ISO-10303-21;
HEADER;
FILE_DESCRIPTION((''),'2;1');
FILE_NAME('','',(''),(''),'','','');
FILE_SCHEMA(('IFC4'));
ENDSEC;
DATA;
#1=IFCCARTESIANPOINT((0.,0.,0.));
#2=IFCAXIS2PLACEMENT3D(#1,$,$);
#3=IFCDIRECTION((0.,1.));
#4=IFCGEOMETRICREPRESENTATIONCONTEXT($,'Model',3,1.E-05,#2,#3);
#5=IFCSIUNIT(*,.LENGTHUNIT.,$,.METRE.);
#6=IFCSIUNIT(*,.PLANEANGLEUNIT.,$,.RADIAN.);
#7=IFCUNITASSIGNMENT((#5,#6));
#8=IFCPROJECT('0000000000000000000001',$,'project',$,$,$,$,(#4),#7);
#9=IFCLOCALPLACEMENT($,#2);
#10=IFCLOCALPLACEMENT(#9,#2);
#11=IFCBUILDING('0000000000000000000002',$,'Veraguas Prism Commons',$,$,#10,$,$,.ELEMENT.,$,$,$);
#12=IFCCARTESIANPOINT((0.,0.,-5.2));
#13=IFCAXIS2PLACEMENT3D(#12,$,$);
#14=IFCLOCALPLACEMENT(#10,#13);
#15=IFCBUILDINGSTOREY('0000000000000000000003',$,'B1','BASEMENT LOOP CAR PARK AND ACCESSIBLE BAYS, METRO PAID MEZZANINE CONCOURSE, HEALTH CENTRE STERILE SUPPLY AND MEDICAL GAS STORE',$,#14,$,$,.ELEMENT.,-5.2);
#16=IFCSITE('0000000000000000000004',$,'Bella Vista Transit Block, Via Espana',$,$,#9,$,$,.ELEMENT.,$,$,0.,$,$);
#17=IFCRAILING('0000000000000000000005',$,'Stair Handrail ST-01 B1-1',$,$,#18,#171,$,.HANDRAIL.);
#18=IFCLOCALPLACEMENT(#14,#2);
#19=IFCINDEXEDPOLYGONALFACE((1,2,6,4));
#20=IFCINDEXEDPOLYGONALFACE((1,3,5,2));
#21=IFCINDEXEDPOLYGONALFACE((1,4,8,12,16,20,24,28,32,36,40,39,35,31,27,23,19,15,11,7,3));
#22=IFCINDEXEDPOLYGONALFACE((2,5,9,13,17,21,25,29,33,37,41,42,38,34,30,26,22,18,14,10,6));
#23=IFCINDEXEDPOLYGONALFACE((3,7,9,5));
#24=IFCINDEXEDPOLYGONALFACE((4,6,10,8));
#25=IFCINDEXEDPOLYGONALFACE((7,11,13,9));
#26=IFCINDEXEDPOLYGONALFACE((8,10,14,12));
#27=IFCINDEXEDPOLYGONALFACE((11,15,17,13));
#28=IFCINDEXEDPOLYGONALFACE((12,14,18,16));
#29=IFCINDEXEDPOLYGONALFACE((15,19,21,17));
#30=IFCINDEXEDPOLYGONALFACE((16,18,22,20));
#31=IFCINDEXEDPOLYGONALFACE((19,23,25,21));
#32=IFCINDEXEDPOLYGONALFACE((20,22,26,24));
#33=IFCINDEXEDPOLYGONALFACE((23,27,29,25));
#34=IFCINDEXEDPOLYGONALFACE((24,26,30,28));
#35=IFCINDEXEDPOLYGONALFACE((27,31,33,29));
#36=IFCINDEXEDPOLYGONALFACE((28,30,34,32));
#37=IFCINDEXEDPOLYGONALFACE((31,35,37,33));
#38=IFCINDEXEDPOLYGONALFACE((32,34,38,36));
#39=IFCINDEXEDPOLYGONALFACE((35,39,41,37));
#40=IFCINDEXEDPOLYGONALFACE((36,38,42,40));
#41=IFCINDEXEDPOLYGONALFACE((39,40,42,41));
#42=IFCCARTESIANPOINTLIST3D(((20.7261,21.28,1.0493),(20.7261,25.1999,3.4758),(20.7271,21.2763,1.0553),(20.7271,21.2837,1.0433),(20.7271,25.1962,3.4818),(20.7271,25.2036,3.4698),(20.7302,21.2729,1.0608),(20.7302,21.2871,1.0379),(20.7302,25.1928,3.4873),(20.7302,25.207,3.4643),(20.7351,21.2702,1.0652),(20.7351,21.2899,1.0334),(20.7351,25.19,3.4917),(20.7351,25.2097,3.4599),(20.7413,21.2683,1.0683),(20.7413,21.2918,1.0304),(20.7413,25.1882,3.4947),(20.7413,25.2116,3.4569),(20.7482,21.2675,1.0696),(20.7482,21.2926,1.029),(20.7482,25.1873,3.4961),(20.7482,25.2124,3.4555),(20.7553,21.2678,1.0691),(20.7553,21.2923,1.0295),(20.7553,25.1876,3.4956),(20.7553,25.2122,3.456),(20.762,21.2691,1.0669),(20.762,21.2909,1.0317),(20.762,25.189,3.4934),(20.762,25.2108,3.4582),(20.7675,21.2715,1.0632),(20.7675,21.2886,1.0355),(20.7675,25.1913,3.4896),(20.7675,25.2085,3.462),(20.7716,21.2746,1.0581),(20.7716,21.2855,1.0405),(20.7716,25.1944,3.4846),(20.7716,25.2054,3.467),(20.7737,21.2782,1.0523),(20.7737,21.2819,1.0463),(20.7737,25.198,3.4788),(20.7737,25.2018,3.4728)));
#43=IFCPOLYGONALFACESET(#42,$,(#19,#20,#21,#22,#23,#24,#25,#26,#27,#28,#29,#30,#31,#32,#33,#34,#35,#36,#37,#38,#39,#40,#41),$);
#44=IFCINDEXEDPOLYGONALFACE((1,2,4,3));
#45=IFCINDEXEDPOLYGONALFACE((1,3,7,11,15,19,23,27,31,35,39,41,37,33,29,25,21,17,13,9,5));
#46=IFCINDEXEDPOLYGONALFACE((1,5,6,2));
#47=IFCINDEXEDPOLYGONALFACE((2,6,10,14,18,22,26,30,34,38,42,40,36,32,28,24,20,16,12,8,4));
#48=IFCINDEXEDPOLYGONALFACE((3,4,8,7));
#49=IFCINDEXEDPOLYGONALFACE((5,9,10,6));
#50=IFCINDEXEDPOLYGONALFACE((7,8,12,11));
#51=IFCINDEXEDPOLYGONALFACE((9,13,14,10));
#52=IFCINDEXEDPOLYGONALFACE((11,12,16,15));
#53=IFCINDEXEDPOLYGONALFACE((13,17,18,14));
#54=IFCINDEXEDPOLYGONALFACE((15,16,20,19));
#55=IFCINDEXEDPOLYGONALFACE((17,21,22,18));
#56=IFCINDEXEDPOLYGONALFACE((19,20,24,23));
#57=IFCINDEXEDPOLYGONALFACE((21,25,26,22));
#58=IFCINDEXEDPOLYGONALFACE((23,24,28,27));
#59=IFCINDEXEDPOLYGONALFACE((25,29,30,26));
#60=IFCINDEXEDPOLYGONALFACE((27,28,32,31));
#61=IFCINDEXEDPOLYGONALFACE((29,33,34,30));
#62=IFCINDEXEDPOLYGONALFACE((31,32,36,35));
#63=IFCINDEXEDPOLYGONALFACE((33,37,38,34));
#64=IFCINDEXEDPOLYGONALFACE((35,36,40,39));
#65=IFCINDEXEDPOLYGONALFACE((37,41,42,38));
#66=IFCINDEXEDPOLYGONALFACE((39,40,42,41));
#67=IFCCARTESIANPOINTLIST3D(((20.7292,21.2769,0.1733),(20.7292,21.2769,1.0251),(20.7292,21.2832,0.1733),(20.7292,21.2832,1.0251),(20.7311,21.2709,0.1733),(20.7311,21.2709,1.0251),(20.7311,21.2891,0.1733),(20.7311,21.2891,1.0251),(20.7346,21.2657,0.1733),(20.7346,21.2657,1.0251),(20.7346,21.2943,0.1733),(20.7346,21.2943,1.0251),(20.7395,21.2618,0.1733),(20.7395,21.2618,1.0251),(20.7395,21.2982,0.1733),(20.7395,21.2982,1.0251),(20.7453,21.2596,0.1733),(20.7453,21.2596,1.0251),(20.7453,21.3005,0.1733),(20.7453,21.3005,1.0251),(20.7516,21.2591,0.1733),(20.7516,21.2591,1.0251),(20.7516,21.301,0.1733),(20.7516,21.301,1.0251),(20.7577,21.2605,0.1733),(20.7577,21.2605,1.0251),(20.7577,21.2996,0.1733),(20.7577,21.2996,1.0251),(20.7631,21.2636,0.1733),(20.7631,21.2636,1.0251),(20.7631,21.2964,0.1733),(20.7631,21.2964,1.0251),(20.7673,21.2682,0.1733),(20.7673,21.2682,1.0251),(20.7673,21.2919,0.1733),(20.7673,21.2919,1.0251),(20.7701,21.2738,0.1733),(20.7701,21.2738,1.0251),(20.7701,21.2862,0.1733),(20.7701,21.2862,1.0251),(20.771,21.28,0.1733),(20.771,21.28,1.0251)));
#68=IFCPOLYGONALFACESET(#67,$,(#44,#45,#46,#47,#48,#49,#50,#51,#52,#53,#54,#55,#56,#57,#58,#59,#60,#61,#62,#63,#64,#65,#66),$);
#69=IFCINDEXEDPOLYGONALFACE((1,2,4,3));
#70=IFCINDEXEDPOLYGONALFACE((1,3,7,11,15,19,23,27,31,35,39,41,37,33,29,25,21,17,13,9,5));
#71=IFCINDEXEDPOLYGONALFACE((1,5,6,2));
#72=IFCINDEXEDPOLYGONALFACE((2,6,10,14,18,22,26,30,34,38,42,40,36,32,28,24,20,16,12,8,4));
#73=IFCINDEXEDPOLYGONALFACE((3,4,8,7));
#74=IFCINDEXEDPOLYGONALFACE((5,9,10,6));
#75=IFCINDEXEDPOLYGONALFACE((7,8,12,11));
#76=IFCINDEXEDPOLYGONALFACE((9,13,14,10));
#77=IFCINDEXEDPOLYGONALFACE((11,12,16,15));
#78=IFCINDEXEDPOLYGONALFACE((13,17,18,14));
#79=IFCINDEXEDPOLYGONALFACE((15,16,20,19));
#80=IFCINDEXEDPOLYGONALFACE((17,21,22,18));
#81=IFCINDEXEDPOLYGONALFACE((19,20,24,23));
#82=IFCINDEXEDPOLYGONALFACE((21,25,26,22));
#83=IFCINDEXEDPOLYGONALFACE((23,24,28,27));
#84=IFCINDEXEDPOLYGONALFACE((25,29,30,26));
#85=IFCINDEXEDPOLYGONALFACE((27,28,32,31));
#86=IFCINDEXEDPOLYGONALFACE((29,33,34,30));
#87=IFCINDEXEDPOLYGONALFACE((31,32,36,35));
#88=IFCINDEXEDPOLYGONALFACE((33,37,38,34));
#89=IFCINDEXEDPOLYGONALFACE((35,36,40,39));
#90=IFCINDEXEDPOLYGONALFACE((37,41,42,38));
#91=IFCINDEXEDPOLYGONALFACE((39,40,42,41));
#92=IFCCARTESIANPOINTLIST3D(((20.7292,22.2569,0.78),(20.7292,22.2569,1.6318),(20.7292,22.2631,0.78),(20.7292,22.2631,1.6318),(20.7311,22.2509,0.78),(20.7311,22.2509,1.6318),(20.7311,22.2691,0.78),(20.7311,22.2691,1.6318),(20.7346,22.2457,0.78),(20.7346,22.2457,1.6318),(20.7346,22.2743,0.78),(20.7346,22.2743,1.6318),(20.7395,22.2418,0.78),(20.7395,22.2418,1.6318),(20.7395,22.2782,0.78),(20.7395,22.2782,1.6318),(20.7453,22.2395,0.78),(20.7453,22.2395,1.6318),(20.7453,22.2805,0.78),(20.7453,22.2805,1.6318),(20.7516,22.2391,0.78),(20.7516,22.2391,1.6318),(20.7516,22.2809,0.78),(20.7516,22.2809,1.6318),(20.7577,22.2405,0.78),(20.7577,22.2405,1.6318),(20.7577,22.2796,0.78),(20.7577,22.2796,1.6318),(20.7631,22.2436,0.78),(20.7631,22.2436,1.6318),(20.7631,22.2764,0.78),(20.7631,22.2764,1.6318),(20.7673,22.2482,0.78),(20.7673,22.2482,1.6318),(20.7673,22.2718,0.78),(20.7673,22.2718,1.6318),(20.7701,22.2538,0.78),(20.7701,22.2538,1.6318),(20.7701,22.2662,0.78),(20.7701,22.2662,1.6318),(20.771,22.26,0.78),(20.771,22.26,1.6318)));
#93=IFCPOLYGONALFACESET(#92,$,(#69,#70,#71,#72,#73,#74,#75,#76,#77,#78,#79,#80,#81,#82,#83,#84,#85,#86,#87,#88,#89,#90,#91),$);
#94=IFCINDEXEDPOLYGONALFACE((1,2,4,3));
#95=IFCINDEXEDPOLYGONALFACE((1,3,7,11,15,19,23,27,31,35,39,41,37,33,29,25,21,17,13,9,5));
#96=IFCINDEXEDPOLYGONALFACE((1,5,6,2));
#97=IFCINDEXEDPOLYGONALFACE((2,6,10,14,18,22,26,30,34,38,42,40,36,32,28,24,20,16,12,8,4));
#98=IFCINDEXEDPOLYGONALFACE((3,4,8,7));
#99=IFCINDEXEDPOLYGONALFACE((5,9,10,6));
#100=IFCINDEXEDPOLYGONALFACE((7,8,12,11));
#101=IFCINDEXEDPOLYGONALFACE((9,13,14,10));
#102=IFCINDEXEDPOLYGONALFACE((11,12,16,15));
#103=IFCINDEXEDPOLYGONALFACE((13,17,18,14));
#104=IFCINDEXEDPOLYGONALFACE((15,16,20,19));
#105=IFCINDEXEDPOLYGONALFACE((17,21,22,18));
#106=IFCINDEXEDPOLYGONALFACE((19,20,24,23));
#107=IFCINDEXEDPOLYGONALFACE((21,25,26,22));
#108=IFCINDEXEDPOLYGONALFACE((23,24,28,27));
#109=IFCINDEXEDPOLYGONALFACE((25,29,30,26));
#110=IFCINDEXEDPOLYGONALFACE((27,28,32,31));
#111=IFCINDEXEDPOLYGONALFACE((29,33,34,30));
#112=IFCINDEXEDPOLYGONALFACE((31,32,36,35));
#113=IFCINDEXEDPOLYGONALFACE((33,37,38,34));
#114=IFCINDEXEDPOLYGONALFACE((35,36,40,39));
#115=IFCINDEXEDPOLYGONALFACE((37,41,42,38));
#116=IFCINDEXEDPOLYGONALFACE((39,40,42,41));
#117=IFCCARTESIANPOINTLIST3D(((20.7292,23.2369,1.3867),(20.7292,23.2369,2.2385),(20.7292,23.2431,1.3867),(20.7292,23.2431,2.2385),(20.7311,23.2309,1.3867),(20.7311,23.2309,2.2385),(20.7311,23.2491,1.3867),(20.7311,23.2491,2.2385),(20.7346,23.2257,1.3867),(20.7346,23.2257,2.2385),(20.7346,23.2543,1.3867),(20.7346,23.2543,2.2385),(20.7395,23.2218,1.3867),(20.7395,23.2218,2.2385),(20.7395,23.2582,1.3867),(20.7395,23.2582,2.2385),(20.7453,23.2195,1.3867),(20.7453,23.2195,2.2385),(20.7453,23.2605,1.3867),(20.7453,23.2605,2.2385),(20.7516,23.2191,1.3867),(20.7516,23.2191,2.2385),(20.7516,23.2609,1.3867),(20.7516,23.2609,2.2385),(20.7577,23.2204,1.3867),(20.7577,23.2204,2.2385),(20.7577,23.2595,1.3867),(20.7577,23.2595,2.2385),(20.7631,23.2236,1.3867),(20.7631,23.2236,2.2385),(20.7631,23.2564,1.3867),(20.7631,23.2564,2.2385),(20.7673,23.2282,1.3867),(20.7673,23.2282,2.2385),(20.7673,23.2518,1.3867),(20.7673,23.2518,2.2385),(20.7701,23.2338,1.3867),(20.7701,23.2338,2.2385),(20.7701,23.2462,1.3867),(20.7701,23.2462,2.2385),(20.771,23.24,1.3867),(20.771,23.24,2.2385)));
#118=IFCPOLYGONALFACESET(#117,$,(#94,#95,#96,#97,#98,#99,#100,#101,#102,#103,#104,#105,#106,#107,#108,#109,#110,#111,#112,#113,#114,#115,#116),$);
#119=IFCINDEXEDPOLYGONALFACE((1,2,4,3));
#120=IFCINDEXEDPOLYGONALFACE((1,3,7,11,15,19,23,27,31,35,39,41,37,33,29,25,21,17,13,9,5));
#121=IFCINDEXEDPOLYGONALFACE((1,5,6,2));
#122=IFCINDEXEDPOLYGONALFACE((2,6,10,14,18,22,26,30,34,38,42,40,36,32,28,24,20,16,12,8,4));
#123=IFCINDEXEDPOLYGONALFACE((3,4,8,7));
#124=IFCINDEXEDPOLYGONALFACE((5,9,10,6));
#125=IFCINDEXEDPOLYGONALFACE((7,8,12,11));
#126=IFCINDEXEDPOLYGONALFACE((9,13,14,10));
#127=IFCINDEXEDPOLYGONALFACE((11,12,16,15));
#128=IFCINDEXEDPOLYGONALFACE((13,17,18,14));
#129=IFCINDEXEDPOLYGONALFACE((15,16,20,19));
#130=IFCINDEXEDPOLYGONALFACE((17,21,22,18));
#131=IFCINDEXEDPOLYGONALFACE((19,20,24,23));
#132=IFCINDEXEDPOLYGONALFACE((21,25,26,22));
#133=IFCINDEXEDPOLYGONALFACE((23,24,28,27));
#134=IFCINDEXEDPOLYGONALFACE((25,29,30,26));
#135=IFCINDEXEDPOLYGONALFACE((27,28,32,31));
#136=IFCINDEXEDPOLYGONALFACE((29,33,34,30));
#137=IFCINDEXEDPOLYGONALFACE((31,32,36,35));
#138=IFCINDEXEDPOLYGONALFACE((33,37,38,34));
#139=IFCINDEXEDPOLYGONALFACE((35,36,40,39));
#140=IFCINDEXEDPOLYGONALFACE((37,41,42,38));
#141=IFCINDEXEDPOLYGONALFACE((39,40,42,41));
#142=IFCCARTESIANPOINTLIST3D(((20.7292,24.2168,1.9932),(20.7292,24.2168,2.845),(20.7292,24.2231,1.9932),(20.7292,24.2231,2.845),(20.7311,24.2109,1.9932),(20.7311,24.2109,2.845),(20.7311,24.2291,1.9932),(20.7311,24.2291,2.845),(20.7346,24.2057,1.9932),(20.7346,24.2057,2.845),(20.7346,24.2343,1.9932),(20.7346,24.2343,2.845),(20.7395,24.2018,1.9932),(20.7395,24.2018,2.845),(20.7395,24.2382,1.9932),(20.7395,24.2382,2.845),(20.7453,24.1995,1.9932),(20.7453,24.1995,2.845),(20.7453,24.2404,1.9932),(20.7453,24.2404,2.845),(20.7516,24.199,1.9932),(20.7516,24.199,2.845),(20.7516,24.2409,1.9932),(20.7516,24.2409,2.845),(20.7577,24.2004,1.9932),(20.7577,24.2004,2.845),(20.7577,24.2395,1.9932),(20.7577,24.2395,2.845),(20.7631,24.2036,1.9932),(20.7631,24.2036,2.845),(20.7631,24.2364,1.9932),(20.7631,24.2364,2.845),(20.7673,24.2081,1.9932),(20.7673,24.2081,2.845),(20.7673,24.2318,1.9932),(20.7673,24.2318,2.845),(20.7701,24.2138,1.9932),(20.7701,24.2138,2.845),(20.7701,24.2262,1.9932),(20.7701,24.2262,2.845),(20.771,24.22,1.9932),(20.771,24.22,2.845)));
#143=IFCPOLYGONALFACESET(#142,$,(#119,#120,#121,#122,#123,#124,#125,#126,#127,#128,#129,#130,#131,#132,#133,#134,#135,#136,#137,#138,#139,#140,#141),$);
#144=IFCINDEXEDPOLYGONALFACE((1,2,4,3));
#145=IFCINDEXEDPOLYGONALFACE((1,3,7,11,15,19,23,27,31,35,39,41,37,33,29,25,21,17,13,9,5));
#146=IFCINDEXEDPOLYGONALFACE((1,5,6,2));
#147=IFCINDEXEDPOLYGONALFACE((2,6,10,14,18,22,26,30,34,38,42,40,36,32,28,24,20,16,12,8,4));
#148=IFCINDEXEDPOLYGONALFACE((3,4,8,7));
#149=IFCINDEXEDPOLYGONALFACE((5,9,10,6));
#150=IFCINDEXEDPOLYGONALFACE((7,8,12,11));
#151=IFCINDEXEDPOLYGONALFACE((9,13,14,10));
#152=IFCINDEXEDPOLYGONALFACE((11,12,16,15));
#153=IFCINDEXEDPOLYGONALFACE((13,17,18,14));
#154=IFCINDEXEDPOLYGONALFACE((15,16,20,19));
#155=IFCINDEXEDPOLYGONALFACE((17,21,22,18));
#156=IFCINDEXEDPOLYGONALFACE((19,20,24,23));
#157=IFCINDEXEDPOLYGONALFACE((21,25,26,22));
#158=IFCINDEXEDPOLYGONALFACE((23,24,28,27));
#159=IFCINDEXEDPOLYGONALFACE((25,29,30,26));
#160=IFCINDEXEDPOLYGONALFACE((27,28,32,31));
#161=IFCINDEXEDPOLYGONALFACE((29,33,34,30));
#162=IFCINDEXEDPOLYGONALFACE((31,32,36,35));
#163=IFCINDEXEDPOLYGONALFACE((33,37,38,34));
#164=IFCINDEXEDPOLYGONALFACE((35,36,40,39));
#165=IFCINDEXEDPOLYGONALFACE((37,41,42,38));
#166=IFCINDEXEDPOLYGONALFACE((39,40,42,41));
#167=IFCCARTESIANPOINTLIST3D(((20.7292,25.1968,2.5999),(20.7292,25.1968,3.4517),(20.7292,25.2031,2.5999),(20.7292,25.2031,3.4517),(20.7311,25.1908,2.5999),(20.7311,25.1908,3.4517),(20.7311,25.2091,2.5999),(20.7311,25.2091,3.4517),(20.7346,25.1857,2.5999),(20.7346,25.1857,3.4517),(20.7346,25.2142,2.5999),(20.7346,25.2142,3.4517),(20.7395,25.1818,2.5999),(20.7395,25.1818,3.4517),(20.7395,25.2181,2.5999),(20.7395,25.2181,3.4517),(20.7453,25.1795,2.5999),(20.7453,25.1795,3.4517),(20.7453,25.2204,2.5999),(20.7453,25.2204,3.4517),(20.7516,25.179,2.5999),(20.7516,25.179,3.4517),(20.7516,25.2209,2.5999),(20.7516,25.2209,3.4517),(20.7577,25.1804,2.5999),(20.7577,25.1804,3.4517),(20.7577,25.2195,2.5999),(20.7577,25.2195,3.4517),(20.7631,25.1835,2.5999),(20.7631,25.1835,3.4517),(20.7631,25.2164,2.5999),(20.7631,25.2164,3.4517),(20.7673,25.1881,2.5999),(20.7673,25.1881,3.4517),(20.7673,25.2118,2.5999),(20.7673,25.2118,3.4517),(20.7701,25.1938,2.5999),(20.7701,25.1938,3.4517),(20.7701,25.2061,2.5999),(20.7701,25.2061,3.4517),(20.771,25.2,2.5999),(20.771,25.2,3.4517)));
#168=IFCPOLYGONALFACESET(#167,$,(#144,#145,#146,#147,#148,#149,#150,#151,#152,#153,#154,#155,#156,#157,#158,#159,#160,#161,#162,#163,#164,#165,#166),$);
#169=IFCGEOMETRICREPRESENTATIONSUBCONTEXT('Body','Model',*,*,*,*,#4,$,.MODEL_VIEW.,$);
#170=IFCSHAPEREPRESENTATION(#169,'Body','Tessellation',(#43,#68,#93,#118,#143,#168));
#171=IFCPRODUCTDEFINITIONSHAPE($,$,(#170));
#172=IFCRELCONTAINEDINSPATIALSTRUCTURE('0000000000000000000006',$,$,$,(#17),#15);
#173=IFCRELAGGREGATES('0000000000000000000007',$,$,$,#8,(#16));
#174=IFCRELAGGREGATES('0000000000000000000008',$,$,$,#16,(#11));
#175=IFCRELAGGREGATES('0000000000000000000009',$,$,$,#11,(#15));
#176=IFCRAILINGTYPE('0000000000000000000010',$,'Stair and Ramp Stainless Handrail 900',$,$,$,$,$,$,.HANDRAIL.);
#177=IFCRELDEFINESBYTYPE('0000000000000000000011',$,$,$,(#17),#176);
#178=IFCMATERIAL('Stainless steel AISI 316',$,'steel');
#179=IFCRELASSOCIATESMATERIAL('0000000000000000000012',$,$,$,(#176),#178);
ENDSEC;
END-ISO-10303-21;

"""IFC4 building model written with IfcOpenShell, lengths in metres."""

from ifc_helpers import new_model, si_unit, direction, frame, origin, origin_2d, place, context, subcontext, project, spatial, circle, extrude, material, type_object, element, save


model = new_model("IFC4")

# Units and contexts
model_context = context("Model", 3, precision=1e-05, world=origin(), true_north=direction((0.0, 1.0)))
body_context = subcontext(model_context, "Body", "Model", "MODEL_VIEW")
ifc_project = project(units=[si_unit("LENGTHUNIT", "METRE"), si_unit("PLANEANGLEUNIT", "RADIAN")], contexts=[model_context])

# Site, building, storey
site_placement = place(None, origin())
site = spatial("IfcSite", under=ifc_project, at=site_placement, Name="Bella Vista Transit Block, Via Espana", CompositionType="ELEMENT", RefElevation=0.0)
building_placement = place(site_placement, origin())
building = spatial("IfcBuilding", under=site, at=building_placement, Name="Veraguas Prism Commons", CompositionType="ELEMENT")
storey_placement = place(building_placement, frame((0.0, 0.0, -5.2)))
storey = spatial("IfcBuildingStorey", under=building, at=storey_placement, Name="B1", Description="BASEMENT LOOP CAR PARK AND ACCESSIBLE BAYS, METRO PAID MEZZANINE CONCOURSE, HEALTH CENTRE STERILE SUPPLY AND MEDICAL GAS STORE", CompositionType="ELEMENT", Elevation=-5.2)

# Railing
ifc_material_1 = material(Name="Stainless steel AISI 316", Category="steel")
railing_type_1 = type_object("IfcRailingType", Name="Stair and Ramp Stainless Handrail 900", PredefinedType="HANDRAIL", material=ifc_material_1)
railing_1_placement = place(storey_placement, frame((20.75, 21.28, 0.1733)))
element("IfcRailing", 1, at=railing_1_placement, inside=storey, type_object=railing_type_1, Name="Stair Handrail ST-01 B1-1", PredefinedType="HANDRAIL", context=body_context, shape_type="SweptSolid", body=[
    extrude(circle(Radius=0.0239, at=origin_2d()), frame((0.0, 0.0, 0.876), z_axis=(0.0, 0.850275, 0.526338), x_axis=(-1.0, 0.0, 0.0)), (0.0, 0.0, 1.0), 4.6101),
    extrude(circle(Radius=0.021, at=origin_2d()), origin(), (0.0, 0.0, 1.0), 0.8518),
    extrude(circle(Radius=0.021, at=origin_2d()), frame((0.0, 0.98, 0.6067)), (0.0, 0.0, 1.0), 0.8518),
    extrude(circle(Radius=0.021, at=origin_2d()), frame((0.0, 1.96, 1.2134)), (0.0, 0.0, 1.0), 0.8518),
    extrude(circle(Radius=0.021, at=origin_2d()), frame((0.0, 2.9399, 1.8198)), (0.0, 0.0, 1.0), 0.8518),
    extrude(circle(Radius=0.021, at=origin_2d()), frame((0.0, 3.9199, 2.4265)), (0.0, 0.0, 1.0), 0.8518),
])

save(model, "model.ifc")
